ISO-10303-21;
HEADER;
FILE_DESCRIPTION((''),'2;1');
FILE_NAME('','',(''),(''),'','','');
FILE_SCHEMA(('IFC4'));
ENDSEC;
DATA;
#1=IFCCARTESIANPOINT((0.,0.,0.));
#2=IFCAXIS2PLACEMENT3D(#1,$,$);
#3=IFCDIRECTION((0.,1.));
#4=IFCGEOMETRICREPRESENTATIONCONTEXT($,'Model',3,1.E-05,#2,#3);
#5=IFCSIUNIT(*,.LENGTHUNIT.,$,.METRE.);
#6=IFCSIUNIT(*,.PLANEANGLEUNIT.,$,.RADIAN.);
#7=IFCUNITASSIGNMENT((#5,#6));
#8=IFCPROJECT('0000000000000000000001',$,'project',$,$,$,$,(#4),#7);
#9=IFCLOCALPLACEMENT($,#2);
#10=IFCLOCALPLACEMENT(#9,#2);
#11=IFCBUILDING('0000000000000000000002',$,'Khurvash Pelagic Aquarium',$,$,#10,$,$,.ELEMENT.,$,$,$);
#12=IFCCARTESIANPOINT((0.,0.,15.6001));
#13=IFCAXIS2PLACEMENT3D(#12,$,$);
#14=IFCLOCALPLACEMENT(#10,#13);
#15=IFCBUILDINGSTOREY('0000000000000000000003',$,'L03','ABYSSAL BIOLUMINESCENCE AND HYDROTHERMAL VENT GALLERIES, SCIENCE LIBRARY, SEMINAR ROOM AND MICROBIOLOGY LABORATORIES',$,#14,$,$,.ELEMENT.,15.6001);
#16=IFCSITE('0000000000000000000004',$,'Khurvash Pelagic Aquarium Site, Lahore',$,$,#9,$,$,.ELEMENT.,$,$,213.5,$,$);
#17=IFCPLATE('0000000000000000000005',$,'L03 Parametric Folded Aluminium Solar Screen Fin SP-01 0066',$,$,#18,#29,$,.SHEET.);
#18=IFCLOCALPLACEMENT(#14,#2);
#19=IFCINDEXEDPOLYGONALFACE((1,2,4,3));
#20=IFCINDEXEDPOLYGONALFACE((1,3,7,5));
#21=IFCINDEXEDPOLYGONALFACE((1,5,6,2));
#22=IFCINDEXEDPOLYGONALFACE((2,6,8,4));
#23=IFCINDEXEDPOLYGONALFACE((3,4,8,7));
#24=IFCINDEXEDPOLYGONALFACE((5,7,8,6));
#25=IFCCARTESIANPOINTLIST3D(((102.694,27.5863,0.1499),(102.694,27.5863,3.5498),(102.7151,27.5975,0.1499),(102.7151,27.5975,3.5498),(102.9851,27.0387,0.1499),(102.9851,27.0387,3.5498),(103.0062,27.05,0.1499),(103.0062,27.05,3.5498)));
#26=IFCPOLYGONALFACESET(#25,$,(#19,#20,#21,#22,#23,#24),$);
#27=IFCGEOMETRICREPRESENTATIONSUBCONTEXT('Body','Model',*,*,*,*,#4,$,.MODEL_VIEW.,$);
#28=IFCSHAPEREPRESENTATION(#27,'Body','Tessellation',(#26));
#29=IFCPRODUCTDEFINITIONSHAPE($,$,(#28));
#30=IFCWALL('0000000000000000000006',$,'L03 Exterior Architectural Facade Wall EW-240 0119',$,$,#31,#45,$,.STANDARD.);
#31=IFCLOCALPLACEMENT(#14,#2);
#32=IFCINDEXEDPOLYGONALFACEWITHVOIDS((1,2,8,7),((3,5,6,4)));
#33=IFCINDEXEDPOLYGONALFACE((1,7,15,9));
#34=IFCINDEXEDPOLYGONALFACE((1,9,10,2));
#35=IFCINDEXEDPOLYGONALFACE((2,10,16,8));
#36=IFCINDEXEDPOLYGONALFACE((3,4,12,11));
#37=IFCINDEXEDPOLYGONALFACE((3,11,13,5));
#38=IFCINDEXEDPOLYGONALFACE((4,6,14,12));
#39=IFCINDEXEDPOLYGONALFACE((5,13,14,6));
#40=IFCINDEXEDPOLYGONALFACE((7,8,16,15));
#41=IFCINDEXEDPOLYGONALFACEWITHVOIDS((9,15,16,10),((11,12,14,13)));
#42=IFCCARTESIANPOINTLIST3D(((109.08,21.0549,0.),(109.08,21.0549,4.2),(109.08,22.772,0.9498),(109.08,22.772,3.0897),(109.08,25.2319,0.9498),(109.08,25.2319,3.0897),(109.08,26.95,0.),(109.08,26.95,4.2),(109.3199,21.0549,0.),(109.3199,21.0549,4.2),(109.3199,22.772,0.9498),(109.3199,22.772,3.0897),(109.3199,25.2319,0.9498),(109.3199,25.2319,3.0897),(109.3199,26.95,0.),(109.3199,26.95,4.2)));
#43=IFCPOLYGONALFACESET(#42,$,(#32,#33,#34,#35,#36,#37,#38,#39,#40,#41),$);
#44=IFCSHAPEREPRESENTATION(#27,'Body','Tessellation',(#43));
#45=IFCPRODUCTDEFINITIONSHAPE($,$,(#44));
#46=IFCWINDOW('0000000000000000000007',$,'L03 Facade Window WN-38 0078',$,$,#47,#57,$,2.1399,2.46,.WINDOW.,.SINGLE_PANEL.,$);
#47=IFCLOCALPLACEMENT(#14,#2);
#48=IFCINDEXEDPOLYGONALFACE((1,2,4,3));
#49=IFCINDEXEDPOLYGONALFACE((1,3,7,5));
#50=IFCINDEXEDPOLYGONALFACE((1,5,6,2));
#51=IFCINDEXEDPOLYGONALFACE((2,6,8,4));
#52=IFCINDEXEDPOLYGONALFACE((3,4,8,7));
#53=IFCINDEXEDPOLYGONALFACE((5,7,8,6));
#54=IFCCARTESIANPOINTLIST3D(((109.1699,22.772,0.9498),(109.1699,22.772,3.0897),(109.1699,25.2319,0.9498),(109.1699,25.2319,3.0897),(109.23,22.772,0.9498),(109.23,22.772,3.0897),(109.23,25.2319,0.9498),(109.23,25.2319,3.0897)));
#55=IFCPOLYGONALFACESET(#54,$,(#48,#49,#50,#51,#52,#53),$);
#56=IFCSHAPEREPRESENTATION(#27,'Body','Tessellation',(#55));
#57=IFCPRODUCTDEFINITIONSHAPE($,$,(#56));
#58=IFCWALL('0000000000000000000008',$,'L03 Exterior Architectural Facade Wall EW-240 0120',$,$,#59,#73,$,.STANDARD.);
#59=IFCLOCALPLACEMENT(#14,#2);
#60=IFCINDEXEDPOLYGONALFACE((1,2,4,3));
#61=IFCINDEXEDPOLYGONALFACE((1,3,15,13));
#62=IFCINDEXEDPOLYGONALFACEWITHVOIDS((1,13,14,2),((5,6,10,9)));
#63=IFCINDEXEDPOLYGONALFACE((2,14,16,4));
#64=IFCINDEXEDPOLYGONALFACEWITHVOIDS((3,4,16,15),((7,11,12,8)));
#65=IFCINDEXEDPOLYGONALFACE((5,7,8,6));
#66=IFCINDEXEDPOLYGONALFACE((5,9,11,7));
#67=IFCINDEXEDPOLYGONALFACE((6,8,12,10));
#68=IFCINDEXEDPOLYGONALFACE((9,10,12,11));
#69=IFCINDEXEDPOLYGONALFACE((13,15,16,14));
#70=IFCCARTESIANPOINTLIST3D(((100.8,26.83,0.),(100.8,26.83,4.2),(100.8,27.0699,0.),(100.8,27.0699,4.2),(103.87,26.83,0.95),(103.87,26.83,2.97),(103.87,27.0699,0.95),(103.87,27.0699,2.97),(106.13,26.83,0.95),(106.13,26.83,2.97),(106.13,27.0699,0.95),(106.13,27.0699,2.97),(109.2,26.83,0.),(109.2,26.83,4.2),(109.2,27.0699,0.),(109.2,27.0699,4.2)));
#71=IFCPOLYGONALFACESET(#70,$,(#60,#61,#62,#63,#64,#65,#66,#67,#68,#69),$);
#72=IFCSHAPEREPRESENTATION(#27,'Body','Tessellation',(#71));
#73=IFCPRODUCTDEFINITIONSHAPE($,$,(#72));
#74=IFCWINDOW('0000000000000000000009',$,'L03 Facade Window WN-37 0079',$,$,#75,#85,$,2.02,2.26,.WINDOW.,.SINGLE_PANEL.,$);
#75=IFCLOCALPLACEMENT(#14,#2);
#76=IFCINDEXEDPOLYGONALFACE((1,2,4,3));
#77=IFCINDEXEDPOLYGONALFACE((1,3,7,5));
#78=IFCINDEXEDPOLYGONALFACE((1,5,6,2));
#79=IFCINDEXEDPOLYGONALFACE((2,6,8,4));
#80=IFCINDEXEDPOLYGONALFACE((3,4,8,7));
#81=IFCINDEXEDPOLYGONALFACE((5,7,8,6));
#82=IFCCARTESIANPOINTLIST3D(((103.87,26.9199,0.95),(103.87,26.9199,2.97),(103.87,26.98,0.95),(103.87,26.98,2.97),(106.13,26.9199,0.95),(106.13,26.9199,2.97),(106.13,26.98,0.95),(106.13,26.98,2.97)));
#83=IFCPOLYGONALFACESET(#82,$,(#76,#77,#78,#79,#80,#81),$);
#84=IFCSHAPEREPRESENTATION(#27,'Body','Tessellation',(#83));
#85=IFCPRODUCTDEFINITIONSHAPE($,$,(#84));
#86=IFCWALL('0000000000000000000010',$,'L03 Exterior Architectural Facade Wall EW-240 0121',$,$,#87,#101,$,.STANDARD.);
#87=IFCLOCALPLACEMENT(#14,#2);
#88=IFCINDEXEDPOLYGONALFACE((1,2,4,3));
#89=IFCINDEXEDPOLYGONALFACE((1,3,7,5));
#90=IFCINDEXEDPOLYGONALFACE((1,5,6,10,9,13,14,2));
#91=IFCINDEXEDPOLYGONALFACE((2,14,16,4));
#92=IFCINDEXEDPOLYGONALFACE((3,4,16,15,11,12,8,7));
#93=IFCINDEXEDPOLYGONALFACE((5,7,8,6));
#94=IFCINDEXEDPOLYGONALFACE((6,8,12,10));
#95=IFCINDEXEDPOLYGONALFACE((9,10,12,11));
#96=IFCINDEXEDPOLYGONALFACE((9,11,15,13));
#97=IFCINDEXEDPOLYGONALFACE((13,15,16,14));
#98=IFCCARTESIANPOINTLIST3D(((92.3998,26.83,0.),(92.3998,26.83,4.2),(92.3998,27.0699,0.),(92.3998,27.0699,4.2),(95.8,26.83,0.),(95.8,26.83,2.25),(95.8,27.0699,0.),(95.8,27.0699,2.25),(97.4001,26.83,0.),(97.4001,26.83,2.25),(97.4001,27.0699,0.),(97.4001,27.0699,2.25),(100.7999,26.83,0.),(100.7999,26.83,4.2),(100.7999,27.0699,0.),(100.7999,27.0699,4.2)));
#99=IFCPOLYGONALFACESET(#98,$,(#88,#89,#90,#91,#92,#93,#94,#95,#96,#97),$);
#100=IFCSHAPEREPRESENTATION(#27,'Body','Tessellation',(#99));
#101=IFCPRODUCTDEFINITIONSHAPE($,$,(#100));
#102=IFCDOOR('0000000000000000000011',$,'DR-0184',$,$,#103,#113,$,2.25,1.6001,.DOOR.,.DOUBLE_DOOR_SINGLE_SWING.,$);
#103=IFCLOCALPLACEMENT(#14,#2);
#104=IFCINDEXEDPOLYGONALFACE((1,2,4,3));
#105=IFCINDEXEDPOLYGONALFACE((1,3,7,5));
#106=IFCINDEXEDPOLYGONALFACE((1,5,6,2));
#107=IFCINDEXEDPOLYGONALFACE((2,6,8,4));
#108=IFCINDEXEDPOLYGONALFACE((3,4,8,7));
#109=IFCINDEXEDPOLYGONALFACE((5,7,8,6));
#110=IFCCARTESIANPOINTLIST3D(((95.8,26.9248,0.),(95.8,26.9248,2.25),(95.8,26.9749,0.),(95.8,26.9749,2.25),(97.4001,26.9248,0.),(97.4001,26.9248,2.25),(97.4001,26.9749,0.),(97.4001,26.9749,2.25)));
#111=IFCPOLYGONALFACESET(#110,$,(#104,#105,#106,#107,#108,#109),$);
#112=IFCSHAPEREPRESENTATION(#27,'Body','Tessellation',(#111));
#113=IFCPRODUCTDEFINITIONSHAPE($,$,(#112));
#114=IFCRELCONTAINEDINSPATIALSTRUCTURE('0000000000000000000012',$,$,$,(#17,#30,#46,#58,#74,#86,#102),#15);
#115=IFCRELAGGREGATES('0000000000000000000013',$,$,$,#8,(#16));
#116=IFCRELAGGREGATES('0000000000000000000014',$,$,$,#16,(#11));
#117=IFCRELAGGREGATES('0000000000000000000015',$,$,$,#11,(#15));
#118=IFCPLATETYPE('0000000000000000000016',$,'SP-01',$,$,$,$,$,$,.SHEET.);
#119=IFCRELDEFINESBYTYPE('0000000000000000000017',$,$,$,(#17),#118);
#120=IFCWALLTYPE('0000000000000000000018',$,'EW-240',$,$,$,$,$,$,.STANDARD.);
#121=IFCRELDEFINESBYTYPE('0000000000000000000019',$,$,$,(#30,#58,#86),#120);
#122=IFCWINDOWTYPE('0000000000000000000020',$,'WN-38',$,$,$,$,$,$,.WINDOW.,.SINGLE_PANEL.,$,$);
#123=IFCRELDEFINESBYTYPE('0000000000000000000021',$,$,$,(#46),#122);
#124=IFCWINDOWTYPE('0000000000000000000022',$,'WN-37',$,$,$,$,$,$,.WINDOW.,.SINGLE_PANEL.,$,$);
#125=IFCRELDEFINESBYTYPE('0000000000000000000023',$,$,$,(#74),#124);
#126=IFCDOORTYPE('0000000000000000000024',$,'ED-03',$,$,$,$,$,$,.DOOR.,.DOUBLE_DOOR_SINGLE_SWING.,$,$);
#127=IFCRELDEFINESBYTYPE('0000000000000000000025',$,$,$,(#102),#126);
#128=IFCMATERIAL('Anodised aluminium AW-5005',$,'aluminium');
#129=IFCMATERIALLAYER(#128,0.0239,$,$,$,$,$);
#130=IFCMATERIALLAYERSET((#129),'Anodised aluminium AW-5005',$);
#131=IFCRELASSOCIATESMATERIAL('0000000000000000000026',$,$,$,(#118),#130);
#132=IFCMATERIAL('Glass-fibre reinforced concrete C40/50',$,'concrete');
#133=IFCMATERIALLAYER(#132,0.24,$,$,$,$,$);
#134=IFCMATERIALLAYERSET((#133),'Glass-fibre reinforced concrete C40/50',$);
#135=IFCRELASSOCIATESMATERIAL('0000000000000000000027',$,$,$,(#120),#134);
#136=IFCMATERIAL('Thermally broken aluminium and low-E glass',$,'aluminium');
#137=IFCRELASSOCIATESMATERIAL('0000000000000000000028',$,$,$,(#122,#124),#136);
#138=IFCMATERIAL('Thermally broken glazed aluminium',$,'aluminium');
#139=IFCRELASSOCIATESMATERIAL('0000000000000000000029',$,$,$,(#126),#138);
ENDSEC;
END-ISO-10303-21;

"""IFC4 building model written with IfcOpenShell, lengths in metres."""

from ifc_helpers import new_model, si_unit, direction, frame, frame_2d, origin, origin_2d, place, context, subcontext, project, spatial, rectangle, extrude, material, layer, layer_set, type_object, element, fill, save


model = new_model("IFC4")

# Units and contexts
model_context = context("Model", 3, precision=1e-05, world=origin(), true_north=direction((0.0, 1.0)))
body_context = subcontext(model_context, "Body", "Model", "MODEL_VIEW")
ifc_project = project(units=[si_unit("LENGTHUNIT", "METRE"), si_unit("PLANEANGLEUNIT", "RADIAN")], contexts=[model_context])

# Site, building, storey
site_placement = place(None, origin())
site = spatial("IfcSite", under=ifc_project, at=site_placement, Name="Khurvash Pelagic Aquarium Site, Lahore", CompositionType="ELEMENT", RefElevation=213.5)
building_placement = place(site_placement, origin())
building = spatial("IfcBuilding", under=site, at=building_placement, Name="Khurvash Pelagic Aquarium", CompositionType="ELEMENT")
storey_placement = place(building_placement, frame((0.0, 0.0, 15.6001)))
storey = spatial("IfcBuildingStorey", under=building, at=storey_placement, Name="L03", Description="ABYSSAL BIOLUMINESCENCE AND HYDROTHERMAL VENT GALLERIES, SCIENCE LIBRARY, SEMINAR ROOM AND MICROBIOLOGY LABORATORIES", CompositionType="ELEMENT", Elevation=15.6001)

# Plate
ifc_material_1 = material(Name="Anodised aluminium AW-5005", Category="aluminium")
ifc_layer_1 = layer(ifc_material_1, 0.0239)
ifc_layer_set_1 = layer_set([ifc_layer_1], Name="Anodised aluminium AW-5005")
plate_type = type_object("IfcPlateType", Name="SP-01", PredefinedType="SHEET", material=ifc_layer_set_1)
for number, where, z_axis, x_axis, name in (
    (1, (102.8501, 27.3181, 0.1499), (0.0, 0.0, 1.0), (-0.469472, 0.882948, 0.0), "L03 Parametric Folded Aluminium Solar Screen Fin SP-01 0066"),
):
    element("IfcPlate", number, at=place(storey_placement, frame(where, z_axis=z_axis, x_axis=x_axis)), inside=storey, type_object=plate_type, Name=name, PredefinedType="SHEET", context=body_context, shape_type="SweptSolid", body=[
        extrude(rectangle(XDim=0.6201, YDim=0.0239, at=origin_2d()), origin(), (0.0, 0.0, 1.0), 3.3999),
    ])

# Walls, openings, windows
ifc_material_2 = material(Name="Glass-fibre reinforced concrete C40/50", Category="concrete")
ifc_layer_2 = layer(ifc_material_2, 0.24)
ifc_layer_set_2 = layer_set([ifc_layer_2], Name="Glass-fibre reinforced concrete C40/50")
wall_type = type_object("IfcWallType", Name="EW-240", PredefinedType="STANDARD", material=ifc_layer_set_2)
wall_1_placement = place(storey_placement, frame((109.2, 21.0549, 0.0), z_axis=(0.0, 0.0, 1.0), x_axis=(0.0, 1.0, 0.0)))
wall_1 = element("IfcWall", 2, at=wall_1_placement, inside=storey, type_object=wall_type, Name="L03 Exterior Architectural Facade Wall EW-240 0119", PredefinedType="STANDARD", context=body_context, shape_type="SweptSolid", body=[
    extrude(rectangle(XDim=5.895, YDim=0.24, at=frame_2d((2.9475, 0.0))), origin(), (0.0, 0.0, 1.0), 4.2),
])
opening_1_placement = place(wall_1_placement, frame((1.717, 0.0, 0.95)))
opening_1 = element("IfcOpeningElement", 3, at=opening_1_placement, cuts=wall_1, PredefinedType="OPENING", context=body_context, shape_type="SweptSolid", body=[
    extrude(rectangle(XDim=2.46, YDim=2.1399, at=frame_2d((1.23, 1.0698))), frame((0.0, 0.1299, 0.0), z_axis=(0.0, -1.0, 0.0), x_axis=(1.0, 0.0, 0.0)), (0.0, 0.0, 1.0), 0.26),
])
ifc_material_3 = material(Name="Thermally broken aluminium and low-E glass", Category="aluminium")
window_type_1 = type_object("IfcWindowType", Name="WN-38", PartitioningType="SINGLE_PANEL", PredefinedType="WINDOW", material=ifc_material_3)
window_1_placement = place(opening_1_placement, origin())
window_1 = element("IfcWindow", 4, at=window_1_placement, inside=storey, type_object=window_type_1, Name="L03 Facade Window WN-38 0078", OverallHeight=2.1399, OverallWidth=2.46, PartitioningType="SINGLE_PANEL", PredefinedType="WINDOW", context=body_context, shape_type="SweptSolid", body=[
    extrude(rectangle(XDim=2.46, YDim=2.1399, at=frame_2d((1.23, 1.0698))), frame((0.0, 0.03, 0.0), z_axis=(0.0, -1.0, 0.0), x_axis=(1.0, 0.0, 0.0)), (0.0, 0.0, 1.0), 0.0601),
])
fill(opening_1, window_1)
wall_2_placement = place(storey_placement, frame((109.2, 26.95, 0.0), z_axis=(0.0, 0.0, 1.0), x_axis=(-1.0, 0.0, 0.0)))
wall_2 = element("IfcWall", 5, at=wall_2_placement, inside=storey, type_object=wall_type, Name="L03 Exterior Architectural Facade Wall EW-240 0120", PredefinedType="STANDARD", context=body_context, shape_type="SweptSolid", body=[
    extrude(rectangle(XDim=8.3999, YDim=0.24, at=frame_2d((4.2, 0.0))), origin(), (0.0, 0.0, 1.0), 4.2),
])
opening_2_placement = place(wall_2_placement, frame((3.0701, 0.0, 0.95)))
opening_2 = element("IfcOpeningElement", 6, at=opening_2_placement, cuts=wall_2, PredefinedType="OPENING", context=body_context, shape_type="SweptSolid", body=[
    extrude(rectangle(XDim=2.26, YDim=2.02, at=frame_2d((1.1299, 1.01))), frame((0.0, 0.1299, 0.0), z_axis=(0.0, -1.0, 0.0), x_axis=(1.0, 0.0, 0.0)), (0.0, 0.0, 1.0), 0.26),
])
window_type_2 = type_object("IfcWindowType", Name="WN-37", PartitioningType="SINGLE_PANEL", PredefinedType="WINDOW", material=ifc_material_3)
window_2_placement = place(opening_2_placement, origin())
window_2 = element("IfcWindow", 7, at=window_2_placement, inside=storey, type_object=window_type_2, Name="L03 Facade Window WN-37 0079", OverallHeight=2.02, OverallWidth=2.26, PartitioningType="SINGLE_PANEL", PredefinedType="WINDOW", context=body_context, shape_type="SweptSolid", body=[
    extrude(rectangle(XDim=2.26, YDim=2.02, at=frame_2d((1.1299, 1.01))), frame((0.0, 0.03, 0.0), z_axis=(0.0, -1.0, 0.0), x_axis=(1.0, 0.0, 0.0)), (0.0, 0.0, 1.0), 0.0601),
])
fill(opening_2, window_2)

# Wall, opening, door
wall_3_placement = place(storey_placement, frame((100.8, 26.95, 0.0), z_axis=(0.0, 0.0, 1.0), x_axis=(-1.0, 0.0, 0.0)))
wall_3 = element("IfcWall", 8, at=wall_3_placement, inside=storey, type_object=wall_type, Name="L03 Exterior Architectural Facade Wall EW-240 0121", PredefinedType="STANDARD", context=body_context, shape_type="SweptSolid", body=[
    extrude(rectangle(XDim=8.4001, YDim=0.24, at=frame_2d((4.2002, 0.0))), origin(), (0.0, 0.0, 1.0), 4.2),
])
opening_3_placement = place(wall_3_placement, frame((3.3999, 0.0, 0.0)))
opening_3 = element("IfcOpeningElement", 9, at=opening_3_placement, cuts=wall_3, PredefinedType="OPENING", context=body_context, shape_type="SweptSolid", body=[
    extrude(rectangle(XDim=1.6001, YDim=2.25, at=frame_2d((0.8, 1.125))), frame((0.0, 0.1299, 0.0), z_axis=(0.0, -1.0, 0.0), x_axis=(1.0, 0.0, 0.0)), (0.0, 0.0, 1.0), 0.26),
])
ifc_material_4 = material(Name="Thermally broken glazed aluminium", Category="aluminium")
door_type = type_object("IfcDoorType", Name="ED-03", OperationType="DOUBLE_DOOR_SINGLE_SWING", PredefinedType="DOOR", material=ifc_material_4)
door_placement = place(opening_3_placement, frame((1.6001, 0.0, 0.0), z_axis=(0.0, 0.0, 1.0), x_axis=(-1.0, 0.0, 0.0)))
door = element("IfcDoor", 10, at=door_placement, inside=storey, type_object=door_type, Name="DR-0184", OperationType="DOUBLE_DOOR_SINGLE_SWING", OverallHeight=2.25, OverallWidth=1.6001, PredefinedType="DOOR", context=body_context, shape_type="SweptSolid", body=[
    extrude(rectangle(XDim=1.6001, YDim=2.25, at=frame_2d((0.8, 1.125))), frame((0.0, 0.0249, 0.0), z_axis=(0.0, -1.0, 0.0), x_axis=(1.0, 0.0, 0.0)), (0.0, 0.0, 1.0), 0.05),
])
fill(opening_3, door)

save(model, "model.ifc")
